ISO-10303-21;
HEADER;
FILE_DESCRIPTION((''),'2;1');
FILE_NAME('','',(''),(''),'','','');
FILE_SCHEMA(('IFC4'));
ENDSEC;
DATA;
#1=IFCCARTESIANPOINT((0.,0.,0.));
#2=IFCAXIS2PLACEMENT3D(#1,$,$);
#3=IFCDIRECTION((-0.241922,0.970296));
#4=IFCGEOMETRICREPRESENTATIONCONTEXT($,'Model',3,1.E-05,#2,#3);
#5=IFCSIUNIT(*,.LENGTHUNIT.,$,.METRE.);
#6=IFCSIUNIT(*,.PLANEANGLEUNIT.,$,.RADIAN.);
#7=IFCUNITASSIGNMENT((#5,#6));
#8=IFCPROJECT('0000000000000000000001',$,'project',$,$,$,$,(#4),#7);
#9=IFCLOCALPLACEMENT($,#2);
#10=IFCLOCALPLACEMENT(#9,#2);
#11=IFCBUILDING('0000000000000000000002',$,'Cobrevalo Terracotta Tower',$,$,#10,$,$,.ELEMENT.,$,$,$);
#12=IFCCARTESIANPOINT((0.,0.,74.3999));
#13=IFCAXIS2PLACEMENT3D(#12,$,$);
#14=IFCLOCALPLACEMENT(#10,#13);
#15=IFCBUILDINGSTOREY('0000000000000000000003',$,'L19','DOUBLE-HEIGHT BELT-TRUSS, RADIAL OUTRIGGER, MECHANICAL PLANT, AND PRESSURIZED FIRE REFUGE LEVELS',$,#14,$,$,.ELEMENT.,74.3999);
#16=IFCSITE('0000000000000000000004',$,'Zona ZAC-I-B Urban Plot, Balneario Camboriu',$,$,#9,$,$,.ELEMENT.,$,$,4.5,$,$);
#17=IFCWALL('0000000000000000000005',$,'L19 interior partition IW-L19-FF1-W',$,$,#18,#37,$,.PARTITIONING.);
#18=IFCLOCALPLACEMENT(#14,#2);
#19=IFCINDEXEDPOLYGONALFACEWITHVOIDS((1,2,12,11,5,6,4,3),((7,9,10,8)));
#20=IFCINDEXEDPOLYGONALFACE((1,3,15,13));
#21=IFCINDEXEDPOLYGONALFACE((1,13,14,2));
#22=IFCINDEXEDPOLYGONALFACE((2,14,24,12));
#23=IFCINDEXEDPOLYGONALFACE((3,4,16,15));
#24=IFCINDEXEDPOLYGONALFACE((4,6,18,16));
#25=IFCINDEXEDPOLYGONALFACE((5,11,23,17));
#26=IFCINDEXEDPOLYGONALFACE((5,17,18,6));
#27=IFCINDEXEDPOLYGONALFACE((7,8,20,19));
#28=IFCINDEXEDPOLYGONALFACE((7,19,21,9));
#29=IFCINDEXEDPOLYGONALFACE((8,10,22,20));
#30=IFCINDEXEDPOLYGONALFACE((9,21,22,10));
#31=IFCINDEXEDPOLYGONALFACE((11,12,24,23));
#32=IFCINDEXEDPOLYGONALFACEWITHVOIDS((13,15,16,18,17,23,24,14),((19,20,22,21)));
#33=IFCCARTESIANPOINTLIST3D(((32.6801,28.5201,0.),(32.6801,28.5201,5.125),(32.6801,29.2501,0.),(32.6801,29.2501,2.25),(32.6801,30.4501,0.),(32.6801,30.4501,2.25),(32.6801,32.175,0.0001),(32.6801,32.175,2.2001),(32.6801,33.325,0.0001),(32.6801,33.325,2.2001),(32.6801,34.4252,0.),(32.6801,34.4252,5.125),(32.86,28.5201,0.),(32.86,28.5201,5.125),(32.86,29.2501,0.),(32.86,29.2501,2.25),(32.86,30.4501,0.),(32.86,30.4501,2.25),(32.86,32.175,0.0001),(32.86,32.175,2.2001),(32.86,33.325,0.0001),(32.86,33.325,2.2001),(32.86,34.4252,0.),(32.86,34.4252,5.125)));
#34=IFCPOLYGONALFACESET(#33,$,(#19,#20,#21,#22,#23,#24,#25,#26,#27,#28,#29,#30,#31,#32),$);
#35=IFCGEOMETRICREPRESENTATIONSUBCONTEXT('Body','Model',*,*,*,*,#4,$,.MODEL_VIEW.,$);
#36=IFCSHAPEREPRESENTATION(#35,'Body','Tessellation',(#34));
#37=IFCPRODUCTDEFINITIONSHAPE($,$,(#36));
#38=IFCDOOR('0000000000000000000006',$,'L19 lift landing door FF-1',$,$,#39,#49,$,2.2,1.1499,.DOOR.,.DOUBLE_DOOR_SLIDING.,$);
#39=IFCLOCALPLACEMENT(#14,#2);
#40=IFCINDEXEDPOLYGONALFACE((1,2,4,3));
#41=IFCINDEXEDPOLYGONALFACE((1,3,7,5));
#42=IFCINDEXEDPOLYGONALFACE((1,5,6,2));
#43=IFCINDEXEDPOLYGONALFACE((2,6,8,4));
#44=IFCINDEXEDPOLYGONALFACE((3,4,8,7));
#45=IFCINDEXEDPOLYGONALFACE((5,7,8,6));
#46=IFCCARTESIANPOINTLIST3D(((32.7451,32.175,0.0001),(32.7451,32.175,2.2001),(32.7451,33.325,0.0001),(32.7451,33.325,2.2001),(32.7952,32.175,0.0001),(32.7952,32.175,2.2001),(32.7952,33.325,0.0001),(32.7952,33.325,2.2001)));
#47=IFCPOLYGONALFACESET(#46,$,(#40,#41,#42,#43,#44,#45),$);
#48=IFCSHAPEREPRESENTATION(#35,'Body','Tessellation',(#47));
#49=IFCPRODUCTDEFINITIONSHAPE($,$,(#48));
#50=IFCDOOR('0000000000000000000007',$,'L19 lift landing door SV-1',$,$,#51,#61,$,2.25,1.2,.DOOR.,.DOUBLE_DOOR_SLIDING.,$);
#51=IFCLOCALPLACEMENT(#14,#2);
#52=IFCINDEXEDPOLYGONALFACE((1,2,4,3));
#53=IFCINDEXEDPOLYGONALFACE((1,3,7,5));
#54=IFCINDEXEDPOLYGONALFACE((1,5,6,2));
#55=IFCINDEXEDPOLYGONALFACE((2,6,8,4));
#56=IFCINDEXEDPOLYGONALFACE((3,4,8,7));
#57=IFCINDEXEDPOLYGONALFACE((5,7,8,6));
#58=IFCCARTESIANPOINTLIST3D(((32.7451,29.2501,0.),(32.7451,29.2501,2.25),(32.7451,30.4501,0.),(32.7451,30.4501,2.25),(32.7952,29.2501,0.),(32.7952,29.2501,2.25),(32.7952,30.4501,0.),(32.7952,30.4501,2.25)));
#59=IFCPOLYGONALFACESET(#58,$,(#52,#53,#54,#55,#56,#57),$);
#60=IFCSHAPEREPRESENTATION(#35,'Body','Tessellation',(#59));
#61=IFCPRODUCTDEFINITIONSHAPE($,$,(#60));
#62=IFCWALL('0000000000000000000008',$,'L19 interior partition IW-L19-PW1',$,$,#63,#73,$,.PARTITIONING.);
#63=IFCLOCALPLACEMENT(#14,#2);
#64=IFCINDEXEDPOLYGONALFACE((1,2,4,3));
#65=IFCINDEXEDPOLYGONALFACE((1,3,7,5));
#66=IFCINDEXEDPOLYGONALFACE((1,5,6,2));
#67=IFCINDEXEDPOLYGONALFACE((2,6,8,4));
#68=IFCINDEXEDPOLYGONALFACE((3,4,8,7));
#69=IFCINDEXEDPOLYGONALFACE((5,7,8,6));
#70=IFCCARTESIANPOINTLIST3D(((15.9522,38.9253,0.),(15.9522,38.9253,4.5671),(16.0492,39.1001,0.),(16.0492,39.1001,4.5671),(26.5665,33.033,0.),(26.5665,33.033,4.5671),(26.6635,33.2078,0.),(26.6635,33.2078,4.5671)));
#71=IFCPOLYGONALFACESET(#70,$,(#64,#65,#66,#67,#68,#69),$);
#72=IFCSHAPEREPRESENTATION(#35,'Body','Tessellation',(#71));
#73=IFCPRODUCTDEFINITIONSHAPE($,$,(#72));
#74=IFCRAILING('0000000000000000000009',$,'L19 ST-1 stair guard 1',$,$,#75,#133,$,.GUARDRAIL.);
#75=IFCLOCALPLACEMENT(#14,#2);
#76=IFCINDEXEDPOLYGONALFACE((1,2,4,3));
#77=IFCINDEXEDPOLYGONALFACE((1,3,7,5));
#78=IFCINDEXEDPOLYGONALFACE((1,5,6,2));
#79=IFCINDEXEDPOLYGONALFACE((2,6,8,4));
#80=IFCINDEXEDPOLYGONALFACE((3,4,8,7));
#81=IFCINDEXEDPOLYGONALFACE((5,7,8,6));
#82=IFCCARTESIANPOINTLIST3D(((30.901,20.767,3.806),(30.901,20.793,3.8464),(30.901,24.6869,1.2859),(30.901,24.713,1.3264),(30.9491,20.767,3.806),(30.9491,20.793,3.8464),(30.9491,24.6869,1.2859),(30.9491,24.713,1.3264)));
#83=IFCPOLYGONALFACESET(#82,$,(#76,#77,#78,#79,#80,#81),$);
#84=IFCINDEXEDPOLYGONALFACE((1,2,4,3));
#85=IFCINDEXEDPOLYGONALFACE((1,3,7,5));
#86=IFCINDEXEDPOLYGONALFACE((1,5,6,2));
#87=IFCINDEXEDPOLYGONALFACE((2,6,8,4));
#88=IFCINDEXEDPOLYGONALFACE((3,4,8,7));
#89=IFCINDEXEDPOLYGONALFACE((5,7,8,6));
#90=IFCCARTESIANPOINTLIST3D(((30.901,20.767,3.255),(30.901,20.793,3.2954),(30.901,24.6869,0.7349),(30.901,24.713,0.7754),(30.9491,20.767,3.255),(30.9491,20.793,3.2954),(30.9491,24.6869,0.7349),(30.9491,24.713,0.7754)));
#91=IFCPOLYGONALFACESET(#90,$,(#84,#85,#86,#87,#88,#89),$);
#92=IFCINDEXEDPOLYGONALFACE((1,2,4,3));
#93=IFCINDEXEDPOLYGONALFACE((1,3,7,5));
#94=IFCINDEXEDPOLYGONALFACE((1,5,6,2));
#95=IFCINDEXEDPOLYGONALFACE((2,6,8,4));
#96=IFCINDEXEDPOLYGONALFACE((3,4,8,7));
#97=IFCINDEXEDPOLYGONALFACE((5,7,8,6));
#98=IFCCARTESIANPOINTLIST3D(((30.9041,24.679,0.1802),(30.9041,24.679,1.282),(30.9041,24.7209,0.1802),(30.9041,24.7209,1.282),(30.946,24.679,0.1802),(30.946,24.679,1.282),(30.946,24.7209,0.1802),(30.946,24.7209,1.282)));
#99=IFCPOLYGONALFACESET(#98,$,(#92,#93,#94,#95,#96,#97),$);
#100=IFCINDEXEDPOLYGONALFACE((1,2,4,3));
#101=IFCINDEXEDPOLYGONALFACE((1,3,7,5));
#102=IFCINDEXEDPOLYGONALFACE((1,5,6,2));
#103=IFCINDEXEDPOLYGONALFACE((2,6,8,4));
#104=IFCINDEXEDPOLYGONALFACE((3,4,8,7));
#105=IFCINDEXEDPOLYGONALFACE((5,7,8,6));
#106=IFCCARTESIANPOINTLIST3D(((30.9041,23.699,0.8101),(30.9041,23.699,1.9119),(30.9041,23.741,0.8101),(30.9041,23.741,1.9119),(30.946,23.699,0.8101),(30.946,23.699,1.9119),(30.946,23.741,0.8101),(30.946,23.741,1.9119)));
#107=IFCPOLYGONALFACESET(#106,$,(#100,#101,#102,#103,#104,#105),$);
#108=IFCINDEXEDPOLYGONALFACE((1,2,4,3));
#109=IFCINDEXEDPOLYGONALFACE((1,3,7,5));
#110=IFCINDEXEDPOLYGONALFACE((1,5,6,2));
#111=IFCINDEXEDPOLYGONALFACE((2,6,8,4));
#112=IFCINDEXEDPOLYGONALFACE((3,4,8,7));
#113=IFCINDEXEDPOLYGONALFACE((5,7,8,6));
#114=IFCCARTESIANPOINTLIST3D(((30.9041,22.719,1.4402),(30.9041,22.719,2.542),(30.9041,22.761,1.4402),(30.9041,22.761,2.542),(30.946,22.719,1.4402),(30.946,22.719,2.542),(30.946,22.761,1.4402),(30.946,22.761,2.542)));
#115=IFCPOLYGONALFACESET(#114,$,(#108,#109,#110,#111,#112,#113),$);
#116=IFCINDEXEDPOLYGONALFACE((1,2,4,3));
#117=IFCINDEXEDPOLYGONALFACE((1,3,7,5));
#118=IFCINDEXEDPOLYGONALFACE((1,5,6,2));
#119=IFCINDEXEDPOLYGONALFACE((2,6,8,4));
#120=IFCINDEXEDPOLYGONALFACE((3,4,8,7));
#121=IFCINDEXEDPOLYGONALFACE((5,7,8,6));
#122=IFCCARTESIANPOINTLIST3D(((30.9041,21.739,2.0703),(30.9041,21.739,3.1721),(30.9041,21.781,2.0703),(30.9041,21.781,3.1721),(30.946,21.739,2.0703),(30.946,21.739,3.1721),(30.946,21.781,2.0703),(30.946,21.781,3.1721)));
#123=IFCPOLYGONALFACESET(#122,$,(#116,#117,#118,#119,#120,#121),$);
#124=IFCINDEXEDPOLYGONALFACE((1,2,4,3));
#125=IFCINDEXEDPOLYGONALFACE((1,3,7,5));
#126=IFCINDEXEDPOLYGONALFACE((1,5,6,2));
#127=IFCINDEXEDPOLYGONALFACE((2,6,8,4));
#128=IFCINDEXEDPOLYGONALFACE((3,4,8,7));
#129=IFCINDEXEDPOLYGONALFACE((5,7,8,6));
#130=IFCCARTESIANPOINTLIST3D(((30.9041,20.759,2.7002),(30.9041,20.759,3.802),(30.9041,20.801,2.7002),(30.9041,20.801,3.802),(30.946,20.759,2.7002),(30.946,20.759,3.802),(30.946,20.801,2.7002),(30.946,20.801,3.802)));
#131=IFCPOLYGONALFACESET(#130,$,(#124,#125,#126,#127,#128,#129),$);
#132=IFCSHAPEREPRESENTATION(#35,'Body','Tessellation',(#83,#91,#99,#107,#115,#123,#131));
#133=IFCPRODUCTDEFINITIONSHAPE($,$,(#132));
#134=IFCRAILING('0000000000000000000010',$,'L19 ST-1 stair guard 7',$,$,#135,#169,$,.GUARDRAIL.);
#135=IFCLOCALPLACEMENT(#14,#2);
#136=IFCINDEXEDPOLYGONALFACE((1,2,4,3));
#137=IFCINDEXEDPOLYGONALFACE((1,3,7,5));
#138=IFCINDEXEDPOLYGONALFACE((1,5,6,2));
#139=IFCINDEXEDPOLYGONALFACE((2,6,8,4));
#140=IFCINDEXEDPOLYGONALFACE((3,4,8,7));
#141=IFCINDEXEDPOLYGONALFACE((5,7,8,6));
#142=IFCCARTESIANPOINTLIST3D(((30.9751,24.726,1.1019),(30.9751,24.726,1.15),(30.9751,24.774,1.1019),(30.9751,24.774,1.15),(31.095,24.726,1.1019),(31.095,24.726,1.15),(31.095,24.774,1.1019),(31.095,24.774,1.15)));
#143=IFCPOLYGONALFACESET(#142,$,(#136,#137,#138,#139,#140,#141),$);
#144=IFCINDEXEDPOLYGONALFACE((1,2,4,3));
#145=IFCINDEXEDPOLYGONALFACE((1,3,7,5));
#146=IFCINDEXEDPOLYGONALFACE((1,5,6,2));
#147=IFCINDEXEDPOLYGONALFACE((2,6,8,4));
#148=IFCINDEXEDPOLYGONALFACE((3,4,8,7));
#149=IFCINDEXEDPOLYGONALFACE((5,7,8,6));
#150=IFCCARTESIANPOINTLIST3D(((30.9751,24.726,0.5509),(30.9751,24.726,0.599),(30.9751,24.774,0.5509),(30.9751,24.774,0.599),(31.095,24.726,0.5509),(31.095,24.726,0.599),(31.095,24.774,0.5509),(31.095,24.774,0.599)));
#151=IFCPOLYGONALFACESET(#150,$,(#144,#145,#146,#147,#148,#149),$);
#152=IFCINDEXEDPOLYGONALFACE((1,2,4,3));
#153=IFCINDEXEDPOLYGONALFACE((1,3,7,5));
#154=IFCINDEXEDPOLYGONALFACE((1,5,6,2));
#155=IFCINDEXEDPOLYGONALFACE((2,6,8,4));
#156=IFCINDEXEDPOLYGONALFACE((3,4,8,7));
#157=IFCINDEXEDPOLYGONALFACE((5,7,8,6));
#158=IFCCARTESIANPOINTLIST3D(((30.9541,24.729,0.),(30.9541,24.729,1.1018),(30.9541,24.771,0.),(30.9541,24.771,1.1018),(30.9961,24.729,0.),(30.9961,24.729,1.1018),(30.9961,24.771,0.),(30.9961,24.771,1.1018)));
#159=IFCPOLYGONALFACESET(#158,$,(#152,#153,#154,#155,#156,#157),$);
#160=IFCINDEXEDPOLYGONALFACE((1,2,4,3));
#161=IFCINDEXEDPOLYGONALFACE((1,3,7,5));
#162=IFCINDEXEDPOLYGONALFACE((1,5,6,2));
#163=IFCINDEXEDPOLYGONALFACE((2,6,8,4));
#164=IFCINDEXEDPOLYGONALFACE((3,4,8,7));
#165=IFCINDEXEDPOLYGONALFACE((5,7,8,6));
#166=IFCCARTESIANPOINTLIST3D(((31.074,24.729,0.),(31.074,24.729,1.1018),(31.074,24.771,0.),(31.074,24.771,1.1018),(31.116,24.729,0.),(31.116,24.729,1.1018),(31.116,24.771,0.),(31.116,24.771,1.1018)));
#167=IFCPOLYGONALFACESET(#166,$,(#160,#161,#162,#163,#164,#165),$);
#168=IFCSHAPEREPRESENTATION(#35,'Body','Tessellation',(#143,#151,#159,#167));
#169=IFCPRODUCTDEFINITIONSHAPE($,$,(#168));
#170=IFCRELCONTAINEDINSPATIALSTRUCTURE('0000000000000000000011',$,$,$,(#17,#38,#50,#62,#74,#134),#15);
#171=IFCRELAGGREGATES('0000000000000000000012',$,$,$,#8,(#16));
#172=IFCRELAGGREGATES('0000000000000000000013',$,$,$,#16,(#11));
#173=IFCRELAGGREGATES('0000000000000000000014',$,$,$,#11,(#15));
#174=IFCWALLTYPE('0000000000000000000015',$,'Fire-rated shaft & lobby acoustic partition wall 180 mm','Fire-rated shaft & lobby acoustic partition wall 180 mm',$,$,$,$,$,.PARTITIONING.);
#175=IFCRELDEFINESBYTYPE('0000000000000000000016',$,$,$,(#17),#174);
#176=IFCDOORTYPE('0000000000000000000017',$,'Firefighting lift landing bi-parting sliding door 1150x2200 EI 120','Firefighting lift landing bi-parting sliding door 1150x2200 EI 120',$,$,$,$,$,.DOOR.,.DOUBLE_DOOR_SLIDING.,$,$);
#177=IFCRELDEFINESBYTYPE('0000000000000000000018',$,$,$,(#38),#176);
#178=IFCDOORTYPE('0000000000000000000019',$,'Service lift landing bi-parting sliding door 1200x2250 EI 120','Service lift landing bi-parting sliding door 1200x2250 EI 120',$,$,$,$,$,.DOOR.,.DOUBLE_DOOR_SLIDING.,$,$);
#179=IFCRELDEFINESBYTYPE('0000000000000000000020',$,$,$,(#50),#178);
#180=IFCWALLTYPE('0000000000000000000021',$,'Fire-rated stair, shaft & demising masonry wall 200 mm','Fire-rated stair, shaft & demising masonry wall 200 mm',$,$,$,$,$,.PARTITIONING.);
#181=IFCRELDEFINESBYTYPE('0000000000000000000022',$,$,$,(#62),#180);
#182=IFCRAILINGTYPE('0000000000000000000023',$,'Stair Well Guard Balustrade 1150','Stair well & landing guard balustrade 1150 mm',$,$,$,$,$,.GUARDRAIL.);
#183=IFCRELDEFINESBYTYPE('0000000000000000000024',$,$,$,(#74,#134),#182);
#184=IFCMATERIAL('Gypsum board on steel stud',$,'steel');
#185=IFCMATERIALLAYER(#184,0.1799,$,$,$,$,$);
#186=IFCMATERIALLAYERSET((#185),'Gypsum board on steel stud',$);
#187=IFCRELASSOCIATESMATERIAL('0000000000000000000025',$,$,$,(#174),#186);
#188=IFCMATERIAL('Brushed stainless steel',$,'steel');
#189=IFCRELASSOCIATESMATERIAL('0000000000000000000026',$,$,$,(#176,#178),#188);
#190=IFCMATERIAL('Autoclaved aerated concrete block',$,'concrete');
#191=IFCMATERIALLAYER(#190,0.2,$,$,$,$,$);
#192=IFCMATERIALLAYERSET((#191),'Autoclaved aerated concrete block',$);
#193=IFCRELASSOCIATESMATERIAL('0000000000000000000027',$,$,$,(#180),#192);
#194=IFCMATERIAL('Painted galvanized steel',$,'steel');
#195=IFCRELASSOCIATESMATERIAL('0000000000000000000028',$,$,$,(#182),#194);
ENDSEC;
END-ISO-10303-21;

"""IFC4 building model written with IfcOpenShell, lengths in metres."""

from ifc_helpers import new_model, si_unit, direction, frame, frame_2d, origin, origin_2d, place, context, subcontext, project, spatial, rectangle, extrude, source, transform, mapped, material, layer, layer_set, type_object, element, fill, save


model = new_model("IFC4")

# Units and contexts
model_context = context("Model", 3, precision=1e-05, world=origin(), true_north=direction((-0.241922, 0.970296)))
body_context = subcontext(model_context, "Body", "Model", "MODEL_VIEW")
ifc_project = project(units=[si_unit("LENGTHUNIT", "METRE"), si_unit("PLANEANGLEUNIT", "RADIAN")], contexts=[model_context])

# Site, building, storey
site_placement = place(None, origin())
site = spatial("IfcSite", under=ifc_project, at=site_placement, Name="Zona ZAC-I-B Urban Plot, Balneario Camboriu", CompositionType="ELEMENT", RefElevation=4.5)
building_placement = place(site_placement, origin())
building = spatial("IfcBuilding", under=site, at=building_placement, Name="Cobrevalo Terracotta Tower", CompositionType="ELEMENT")
storey_placement = place(building_placement, frame((0.0, 0.0, 74.3999)))
storey = spatial("IfcBuildingStorey", under=building, at=storey_placement, Name="L19", Description="DOUBLE-HEIGHT BELT-TRUSS, RADIAL OUTRIGGER, MECHANICAL PLANT, AND PRESSURIZED FIRE REFUGE LEVELS", CompositionType="ELEMENT", Elevation=74.3999)

# Shared definitions
ifc_material_1 = material(Name="Gypsum board on steel stud", Category="steel")

# Shared definitions
ifc_material_2 = material(Name="Brushed stainless steel", Category="steel")

# Shared definitions
ifc_layer_1 = layer(ifc_material_1, 0.1799)
ifc_layer_set_1 = layer_set([ifc_layer_1], Name="Gypsum board on steel stud")
wall_type_1 = type_object("IfcWallType", Name="Fire-rated shaft & lobby acoustic partition wall 180 mm", Description="Fire-rated shaft & lobby acoustic partition wall 180 mm", PredefinedType="PARTITIONING", material=ifc_layer_set_1)

# Wall, openings, doors
wall_1_placement = place(storey_placement, frame((32.77, 28.52, 0.0), z_axis=(0.0, 0.0, 1.0), x_axis=(0.0, 1.0, 0.0)))
wall_1 = element("IfcWall", 1, at=wall_1_placement, inside=storey, type_object=wall_type_1, Name="L19 interior partition IW-L19-FF1-W", PredefinedType="PARTITIONING", context=body_context, shape_type="SweptSolid", body=[
    extrude(rectangle(XDim=5.905, YDim=0.1799, at=frame_2d((2.9526, 0.0))), origin(), (0.0, 0.0, 1.0), 5.125),
])
opening_1_placement = place(wall_1_placement, frame((3.655, 0.0, 0.0)))
opening_1 = element("IfcOpeningElement", 2, at=opening_1_placement, cuts=wall_1, PredefinedType="OPENING", context=body_context, shape_type="SweptSolid", body=[
    extrude(rectangle(XDim=1.1499, YDim=2.2, at=frame_2d((0.575, 1.1001))), frame((0.0, 0.1001, 0.0), z_axis=(0.0, -1.0, 0.0), x_axis=(1.0, 0.0, 0.0)), (0.0, 0.0, 1.0), 0.2),
])
opening_2_placement = place(wall_1_placement, frame((0.73, 0.0, 0.0)))
opening_2 = element("IfcOpeningElement", 3, at=opening_2_placement, cuts=wall_1, PredefinedType="OPENING", context=body_context, shape_type="SweptSolid", body=[
    extrude(rectangle(XDim=1.2, YDim=2.25, at=frame_2d((0.6001, 1.125))), frame((0.0, 0.1001, 0.0), z_axis=(0.0, -1.0, 0.0), x_axis=(1.0, 0.0, 0.0)), (0.0, 0.0, 1.0), 0.2),
])
door_type_1 = type_object("IfcDoorType", Name="Firefighting lift landing bi-parting sliding door 1150x2200 EI 120", Description="Firefighting lift landing bi-parting sliding door 1150x2200 EI 120", OperationType="DOUBLE_DOOR_SLIDING", PredefinedType="DOOR", material=ifc_material_2)
shared_shape_1 = source(origin(), body_context, "Body", "SweptSolid", [
    extrude(rectangle(XDim=1.1499, YDim=2.2, at=frame_2d((0.575, 1.1001))), frame((0.0, 0.0249, 0.0), z_axis=(0.0, -1.0, 0.0), x_axis=(1.0, 0.0, 0.0)), (0.0, 0.0, 1.0), 0.05),
])
door_1_placement = place(opening_1_placement, origin())
door_1 = element("IfcDoor", 4, at=door_1_placement, inside=storey, type_object=door_type_1, Name="L19 lift landing door FF-1", OperationType="DOUBLE_DOOR_SLIDING", OverallHeight=2.2, OverallWidth=1.1499, PredefinedType="DOOR", context=body_context, shape_type="MappedRepresentation", body=[
    mapped(shared_shape_1, transform((0.0, 0.0, 0.0), scale=1.0)),
])
fill(opening_1, door_1)
door_type_2 = type_object("IfcDoorType", Name="Service lift landing bi-parting sliding door 1200x2250 EI 120", Description="Service lift landing bi-parting sliding door 1200x2250 EI 120", OperationType="DOUBLE_DOOR_SLIDING", PredefinedType="DOOR", material=ifc_material_2)
shared_shape_2 = source(origin(), body_context, "Body", "SweptSolid", [
    extrude(rectangle(XDim=1.2, YDim=2.25, at=frame_2d((0.6001, 1.125))), frame((0.0, 0.0249, 0.0), z_axis=(0.0, -1.0, 0.0), x_axis=(1.0, 0.0, 0.0)), (0.0, 0.0, 1.0), 0.05),
])
door_2_placement = place(opening_2_placement, origin())
door_2 = element("IfcDoor", 5, at=door_2_placement, inside=storey, type_object=door_type_2, Name="L19 lift landing door SV-1", OperationType="DOUBLE_DOOR_SLIDING", OverallHeight=2.25, OverallWidth=1.2, PredefinedType="DOOR", context=body_context, shape_type="MappedRepresentation", body=[
    mapped(shared_shape_2, transform((0.0, 0.0, 0.0), scale=1.0)),
])
fill(opening_2, door_2)

# Wall
ifc_material_3 = material(Name="Autoclaved aerated concrete block", Category="concrete")
ifc_layer_2 = layer(ifc_material_3, 0.2)
ifc_layer_set_2 = layer_set([ifc_layer_2], Name="Autoclaved aerated concrete block")
wall_type_2 = type_object("IfcWallType", Name="Fire-rated stair, shaft & demising masonry wall 200 mm", Description="Fire-rated stair, shaft & demising masonry wall 200 mm", PredefinedType="PARTITIONING", material=ifc_layer_set_2)
wall_2_placement = place(storey_placement, frame((26.615, 33.1204, 0.0), z_axis=(0.0, 0.0, 1.0), x_axis=(-0.874314, 0.485361, 0.0)))
element("IfcWall", 6, at=wall_2_placement, inside=storey, type_object=wall_type_2, Name="L19 interior partition IW-L19-PW1", PredefinedType="PARTITIONING", context=body_context, shape_type="SweptSolid", body=[
    extrude(rectangle(XDim=12.1401, YDim=0.2, at=frame_2d((6.0701, 0.0))), origin(), (0.0, 0.0, 1.0), 4.5671),
])

# Railings
ifc_material_4 = material(Name="Painted galvanized steel", Category="steel")
railing_type = type_object("IfcRailingType", Name="Stair Well Guard Balustrade 1150", Description="Stair well & landing guard balustrade 1150 mm", PredefinedType="GUARDRAIL", material=ifc_material_4)
railing_1_placement = place(storey_placement, frame((30.925, 24.7, 0.1802)))
element("IfcRailing", 7, at=railing_1_placement, inside=storey, type_object=railing_type, Name="L19 ST-1 stair guard 1", PredefinedType="GUARDRAIL", context=body_context, shape_type="SweptSolid", body=[
    extrude(rectangle(XDim=0.0481, YDim=0.0481, at=origin_2d()), frame((0.0, 0.0, 1.126), z_axis=(0.0, -0.841172, 0.540768), x_axis=(1.0, 0.0, 0.0)), (0.0, 0.0, 1.0), 4.6602),
    extrude(rectangle(XDim=0.0481, YDim=0.0481, at=origin_2d()), frame((0.0, 0.0, 0.575), z_axis=(0.0, -0.841172, 0.540768), x_axis=(1.0, 0.0, 0.0)), (0.0, 0.0, 1.0), 4.6602),
    extrude(rectangle(XDim=0.042, YDim=0.042, at=origin_2d()), origin(), (0.0, 0.0, 1.0), 1.1018),
    extrude(rectangle(XDim=0.042, YDim=0.042, at=origin_2d()), frame((0.0, -0.98, 0.6299)), (0.0, 0.0, 1.0), 1.1018),
    extrude(rectangle(XDim=0.042, YDim=0.042, at=origin_2d()), frame((0.0, -1.96, 1.26)), (0.0, 0.0, 1.0), 1.1018),
    extrude(rectangle(XDim=0.042, YDim=0.042, at=origin_2d()), frame((0.0, -2.9399, 1.8901)), (0.0, 0.0, 1.0), 1.1018),
    extrude(rectangle(XDim=0.042, YDim=0.042, at=origin_2d()), frame((0.0, -3.9199, 2.52)), (0.0, 0.0, 1.0), 1.1018),
])
railing_2_placement = place(storey_placement, frame((30.9751, 24.75, 0.0)))
element("IfcRailing", 8, at=railing_2_placement, inside=storey, type_object=railing_type, Name="L19 ST-1 stair guard 7", PredefinedType="GUARDRAIL", context=body_context, shape_type="SweptSolid", body=[
    extrude(rectangle(XDim=0.0481, YDim=0.0481, at=origin_2d()), frame((0.0, 0.0, 1.126), z_axis=(1.0, 0.0, 0.0), x_axis=(0.0, 1.0, 0.0)), (0.0, 0.0, 1.0), 0.1199),
    extrude(rectangle(XDim=0.0481, YDim=0.0481, at=origin_2d()), frame((0.0, 0.0, 0.575), z_axis=(1.0, 0.0, 0.0), x_axis=(0.0, 1.0, 0.0)), (0.0, 0.0, 1.0), 0.1199),
    extrude(rectangle(XDim=0.042, YDim=0.042, at=origin_2d()), origin(), (0.0, 0.0, 1.0), 1.1018),
    extrude(rectangle(XDim=0.042, YDim=0.042, at=origin_2d()), frame((0.1199, 0.0, 0.0)), (0.0, 0.0, 1.0), 1.1018),
])

save(model, "model.ifc")
